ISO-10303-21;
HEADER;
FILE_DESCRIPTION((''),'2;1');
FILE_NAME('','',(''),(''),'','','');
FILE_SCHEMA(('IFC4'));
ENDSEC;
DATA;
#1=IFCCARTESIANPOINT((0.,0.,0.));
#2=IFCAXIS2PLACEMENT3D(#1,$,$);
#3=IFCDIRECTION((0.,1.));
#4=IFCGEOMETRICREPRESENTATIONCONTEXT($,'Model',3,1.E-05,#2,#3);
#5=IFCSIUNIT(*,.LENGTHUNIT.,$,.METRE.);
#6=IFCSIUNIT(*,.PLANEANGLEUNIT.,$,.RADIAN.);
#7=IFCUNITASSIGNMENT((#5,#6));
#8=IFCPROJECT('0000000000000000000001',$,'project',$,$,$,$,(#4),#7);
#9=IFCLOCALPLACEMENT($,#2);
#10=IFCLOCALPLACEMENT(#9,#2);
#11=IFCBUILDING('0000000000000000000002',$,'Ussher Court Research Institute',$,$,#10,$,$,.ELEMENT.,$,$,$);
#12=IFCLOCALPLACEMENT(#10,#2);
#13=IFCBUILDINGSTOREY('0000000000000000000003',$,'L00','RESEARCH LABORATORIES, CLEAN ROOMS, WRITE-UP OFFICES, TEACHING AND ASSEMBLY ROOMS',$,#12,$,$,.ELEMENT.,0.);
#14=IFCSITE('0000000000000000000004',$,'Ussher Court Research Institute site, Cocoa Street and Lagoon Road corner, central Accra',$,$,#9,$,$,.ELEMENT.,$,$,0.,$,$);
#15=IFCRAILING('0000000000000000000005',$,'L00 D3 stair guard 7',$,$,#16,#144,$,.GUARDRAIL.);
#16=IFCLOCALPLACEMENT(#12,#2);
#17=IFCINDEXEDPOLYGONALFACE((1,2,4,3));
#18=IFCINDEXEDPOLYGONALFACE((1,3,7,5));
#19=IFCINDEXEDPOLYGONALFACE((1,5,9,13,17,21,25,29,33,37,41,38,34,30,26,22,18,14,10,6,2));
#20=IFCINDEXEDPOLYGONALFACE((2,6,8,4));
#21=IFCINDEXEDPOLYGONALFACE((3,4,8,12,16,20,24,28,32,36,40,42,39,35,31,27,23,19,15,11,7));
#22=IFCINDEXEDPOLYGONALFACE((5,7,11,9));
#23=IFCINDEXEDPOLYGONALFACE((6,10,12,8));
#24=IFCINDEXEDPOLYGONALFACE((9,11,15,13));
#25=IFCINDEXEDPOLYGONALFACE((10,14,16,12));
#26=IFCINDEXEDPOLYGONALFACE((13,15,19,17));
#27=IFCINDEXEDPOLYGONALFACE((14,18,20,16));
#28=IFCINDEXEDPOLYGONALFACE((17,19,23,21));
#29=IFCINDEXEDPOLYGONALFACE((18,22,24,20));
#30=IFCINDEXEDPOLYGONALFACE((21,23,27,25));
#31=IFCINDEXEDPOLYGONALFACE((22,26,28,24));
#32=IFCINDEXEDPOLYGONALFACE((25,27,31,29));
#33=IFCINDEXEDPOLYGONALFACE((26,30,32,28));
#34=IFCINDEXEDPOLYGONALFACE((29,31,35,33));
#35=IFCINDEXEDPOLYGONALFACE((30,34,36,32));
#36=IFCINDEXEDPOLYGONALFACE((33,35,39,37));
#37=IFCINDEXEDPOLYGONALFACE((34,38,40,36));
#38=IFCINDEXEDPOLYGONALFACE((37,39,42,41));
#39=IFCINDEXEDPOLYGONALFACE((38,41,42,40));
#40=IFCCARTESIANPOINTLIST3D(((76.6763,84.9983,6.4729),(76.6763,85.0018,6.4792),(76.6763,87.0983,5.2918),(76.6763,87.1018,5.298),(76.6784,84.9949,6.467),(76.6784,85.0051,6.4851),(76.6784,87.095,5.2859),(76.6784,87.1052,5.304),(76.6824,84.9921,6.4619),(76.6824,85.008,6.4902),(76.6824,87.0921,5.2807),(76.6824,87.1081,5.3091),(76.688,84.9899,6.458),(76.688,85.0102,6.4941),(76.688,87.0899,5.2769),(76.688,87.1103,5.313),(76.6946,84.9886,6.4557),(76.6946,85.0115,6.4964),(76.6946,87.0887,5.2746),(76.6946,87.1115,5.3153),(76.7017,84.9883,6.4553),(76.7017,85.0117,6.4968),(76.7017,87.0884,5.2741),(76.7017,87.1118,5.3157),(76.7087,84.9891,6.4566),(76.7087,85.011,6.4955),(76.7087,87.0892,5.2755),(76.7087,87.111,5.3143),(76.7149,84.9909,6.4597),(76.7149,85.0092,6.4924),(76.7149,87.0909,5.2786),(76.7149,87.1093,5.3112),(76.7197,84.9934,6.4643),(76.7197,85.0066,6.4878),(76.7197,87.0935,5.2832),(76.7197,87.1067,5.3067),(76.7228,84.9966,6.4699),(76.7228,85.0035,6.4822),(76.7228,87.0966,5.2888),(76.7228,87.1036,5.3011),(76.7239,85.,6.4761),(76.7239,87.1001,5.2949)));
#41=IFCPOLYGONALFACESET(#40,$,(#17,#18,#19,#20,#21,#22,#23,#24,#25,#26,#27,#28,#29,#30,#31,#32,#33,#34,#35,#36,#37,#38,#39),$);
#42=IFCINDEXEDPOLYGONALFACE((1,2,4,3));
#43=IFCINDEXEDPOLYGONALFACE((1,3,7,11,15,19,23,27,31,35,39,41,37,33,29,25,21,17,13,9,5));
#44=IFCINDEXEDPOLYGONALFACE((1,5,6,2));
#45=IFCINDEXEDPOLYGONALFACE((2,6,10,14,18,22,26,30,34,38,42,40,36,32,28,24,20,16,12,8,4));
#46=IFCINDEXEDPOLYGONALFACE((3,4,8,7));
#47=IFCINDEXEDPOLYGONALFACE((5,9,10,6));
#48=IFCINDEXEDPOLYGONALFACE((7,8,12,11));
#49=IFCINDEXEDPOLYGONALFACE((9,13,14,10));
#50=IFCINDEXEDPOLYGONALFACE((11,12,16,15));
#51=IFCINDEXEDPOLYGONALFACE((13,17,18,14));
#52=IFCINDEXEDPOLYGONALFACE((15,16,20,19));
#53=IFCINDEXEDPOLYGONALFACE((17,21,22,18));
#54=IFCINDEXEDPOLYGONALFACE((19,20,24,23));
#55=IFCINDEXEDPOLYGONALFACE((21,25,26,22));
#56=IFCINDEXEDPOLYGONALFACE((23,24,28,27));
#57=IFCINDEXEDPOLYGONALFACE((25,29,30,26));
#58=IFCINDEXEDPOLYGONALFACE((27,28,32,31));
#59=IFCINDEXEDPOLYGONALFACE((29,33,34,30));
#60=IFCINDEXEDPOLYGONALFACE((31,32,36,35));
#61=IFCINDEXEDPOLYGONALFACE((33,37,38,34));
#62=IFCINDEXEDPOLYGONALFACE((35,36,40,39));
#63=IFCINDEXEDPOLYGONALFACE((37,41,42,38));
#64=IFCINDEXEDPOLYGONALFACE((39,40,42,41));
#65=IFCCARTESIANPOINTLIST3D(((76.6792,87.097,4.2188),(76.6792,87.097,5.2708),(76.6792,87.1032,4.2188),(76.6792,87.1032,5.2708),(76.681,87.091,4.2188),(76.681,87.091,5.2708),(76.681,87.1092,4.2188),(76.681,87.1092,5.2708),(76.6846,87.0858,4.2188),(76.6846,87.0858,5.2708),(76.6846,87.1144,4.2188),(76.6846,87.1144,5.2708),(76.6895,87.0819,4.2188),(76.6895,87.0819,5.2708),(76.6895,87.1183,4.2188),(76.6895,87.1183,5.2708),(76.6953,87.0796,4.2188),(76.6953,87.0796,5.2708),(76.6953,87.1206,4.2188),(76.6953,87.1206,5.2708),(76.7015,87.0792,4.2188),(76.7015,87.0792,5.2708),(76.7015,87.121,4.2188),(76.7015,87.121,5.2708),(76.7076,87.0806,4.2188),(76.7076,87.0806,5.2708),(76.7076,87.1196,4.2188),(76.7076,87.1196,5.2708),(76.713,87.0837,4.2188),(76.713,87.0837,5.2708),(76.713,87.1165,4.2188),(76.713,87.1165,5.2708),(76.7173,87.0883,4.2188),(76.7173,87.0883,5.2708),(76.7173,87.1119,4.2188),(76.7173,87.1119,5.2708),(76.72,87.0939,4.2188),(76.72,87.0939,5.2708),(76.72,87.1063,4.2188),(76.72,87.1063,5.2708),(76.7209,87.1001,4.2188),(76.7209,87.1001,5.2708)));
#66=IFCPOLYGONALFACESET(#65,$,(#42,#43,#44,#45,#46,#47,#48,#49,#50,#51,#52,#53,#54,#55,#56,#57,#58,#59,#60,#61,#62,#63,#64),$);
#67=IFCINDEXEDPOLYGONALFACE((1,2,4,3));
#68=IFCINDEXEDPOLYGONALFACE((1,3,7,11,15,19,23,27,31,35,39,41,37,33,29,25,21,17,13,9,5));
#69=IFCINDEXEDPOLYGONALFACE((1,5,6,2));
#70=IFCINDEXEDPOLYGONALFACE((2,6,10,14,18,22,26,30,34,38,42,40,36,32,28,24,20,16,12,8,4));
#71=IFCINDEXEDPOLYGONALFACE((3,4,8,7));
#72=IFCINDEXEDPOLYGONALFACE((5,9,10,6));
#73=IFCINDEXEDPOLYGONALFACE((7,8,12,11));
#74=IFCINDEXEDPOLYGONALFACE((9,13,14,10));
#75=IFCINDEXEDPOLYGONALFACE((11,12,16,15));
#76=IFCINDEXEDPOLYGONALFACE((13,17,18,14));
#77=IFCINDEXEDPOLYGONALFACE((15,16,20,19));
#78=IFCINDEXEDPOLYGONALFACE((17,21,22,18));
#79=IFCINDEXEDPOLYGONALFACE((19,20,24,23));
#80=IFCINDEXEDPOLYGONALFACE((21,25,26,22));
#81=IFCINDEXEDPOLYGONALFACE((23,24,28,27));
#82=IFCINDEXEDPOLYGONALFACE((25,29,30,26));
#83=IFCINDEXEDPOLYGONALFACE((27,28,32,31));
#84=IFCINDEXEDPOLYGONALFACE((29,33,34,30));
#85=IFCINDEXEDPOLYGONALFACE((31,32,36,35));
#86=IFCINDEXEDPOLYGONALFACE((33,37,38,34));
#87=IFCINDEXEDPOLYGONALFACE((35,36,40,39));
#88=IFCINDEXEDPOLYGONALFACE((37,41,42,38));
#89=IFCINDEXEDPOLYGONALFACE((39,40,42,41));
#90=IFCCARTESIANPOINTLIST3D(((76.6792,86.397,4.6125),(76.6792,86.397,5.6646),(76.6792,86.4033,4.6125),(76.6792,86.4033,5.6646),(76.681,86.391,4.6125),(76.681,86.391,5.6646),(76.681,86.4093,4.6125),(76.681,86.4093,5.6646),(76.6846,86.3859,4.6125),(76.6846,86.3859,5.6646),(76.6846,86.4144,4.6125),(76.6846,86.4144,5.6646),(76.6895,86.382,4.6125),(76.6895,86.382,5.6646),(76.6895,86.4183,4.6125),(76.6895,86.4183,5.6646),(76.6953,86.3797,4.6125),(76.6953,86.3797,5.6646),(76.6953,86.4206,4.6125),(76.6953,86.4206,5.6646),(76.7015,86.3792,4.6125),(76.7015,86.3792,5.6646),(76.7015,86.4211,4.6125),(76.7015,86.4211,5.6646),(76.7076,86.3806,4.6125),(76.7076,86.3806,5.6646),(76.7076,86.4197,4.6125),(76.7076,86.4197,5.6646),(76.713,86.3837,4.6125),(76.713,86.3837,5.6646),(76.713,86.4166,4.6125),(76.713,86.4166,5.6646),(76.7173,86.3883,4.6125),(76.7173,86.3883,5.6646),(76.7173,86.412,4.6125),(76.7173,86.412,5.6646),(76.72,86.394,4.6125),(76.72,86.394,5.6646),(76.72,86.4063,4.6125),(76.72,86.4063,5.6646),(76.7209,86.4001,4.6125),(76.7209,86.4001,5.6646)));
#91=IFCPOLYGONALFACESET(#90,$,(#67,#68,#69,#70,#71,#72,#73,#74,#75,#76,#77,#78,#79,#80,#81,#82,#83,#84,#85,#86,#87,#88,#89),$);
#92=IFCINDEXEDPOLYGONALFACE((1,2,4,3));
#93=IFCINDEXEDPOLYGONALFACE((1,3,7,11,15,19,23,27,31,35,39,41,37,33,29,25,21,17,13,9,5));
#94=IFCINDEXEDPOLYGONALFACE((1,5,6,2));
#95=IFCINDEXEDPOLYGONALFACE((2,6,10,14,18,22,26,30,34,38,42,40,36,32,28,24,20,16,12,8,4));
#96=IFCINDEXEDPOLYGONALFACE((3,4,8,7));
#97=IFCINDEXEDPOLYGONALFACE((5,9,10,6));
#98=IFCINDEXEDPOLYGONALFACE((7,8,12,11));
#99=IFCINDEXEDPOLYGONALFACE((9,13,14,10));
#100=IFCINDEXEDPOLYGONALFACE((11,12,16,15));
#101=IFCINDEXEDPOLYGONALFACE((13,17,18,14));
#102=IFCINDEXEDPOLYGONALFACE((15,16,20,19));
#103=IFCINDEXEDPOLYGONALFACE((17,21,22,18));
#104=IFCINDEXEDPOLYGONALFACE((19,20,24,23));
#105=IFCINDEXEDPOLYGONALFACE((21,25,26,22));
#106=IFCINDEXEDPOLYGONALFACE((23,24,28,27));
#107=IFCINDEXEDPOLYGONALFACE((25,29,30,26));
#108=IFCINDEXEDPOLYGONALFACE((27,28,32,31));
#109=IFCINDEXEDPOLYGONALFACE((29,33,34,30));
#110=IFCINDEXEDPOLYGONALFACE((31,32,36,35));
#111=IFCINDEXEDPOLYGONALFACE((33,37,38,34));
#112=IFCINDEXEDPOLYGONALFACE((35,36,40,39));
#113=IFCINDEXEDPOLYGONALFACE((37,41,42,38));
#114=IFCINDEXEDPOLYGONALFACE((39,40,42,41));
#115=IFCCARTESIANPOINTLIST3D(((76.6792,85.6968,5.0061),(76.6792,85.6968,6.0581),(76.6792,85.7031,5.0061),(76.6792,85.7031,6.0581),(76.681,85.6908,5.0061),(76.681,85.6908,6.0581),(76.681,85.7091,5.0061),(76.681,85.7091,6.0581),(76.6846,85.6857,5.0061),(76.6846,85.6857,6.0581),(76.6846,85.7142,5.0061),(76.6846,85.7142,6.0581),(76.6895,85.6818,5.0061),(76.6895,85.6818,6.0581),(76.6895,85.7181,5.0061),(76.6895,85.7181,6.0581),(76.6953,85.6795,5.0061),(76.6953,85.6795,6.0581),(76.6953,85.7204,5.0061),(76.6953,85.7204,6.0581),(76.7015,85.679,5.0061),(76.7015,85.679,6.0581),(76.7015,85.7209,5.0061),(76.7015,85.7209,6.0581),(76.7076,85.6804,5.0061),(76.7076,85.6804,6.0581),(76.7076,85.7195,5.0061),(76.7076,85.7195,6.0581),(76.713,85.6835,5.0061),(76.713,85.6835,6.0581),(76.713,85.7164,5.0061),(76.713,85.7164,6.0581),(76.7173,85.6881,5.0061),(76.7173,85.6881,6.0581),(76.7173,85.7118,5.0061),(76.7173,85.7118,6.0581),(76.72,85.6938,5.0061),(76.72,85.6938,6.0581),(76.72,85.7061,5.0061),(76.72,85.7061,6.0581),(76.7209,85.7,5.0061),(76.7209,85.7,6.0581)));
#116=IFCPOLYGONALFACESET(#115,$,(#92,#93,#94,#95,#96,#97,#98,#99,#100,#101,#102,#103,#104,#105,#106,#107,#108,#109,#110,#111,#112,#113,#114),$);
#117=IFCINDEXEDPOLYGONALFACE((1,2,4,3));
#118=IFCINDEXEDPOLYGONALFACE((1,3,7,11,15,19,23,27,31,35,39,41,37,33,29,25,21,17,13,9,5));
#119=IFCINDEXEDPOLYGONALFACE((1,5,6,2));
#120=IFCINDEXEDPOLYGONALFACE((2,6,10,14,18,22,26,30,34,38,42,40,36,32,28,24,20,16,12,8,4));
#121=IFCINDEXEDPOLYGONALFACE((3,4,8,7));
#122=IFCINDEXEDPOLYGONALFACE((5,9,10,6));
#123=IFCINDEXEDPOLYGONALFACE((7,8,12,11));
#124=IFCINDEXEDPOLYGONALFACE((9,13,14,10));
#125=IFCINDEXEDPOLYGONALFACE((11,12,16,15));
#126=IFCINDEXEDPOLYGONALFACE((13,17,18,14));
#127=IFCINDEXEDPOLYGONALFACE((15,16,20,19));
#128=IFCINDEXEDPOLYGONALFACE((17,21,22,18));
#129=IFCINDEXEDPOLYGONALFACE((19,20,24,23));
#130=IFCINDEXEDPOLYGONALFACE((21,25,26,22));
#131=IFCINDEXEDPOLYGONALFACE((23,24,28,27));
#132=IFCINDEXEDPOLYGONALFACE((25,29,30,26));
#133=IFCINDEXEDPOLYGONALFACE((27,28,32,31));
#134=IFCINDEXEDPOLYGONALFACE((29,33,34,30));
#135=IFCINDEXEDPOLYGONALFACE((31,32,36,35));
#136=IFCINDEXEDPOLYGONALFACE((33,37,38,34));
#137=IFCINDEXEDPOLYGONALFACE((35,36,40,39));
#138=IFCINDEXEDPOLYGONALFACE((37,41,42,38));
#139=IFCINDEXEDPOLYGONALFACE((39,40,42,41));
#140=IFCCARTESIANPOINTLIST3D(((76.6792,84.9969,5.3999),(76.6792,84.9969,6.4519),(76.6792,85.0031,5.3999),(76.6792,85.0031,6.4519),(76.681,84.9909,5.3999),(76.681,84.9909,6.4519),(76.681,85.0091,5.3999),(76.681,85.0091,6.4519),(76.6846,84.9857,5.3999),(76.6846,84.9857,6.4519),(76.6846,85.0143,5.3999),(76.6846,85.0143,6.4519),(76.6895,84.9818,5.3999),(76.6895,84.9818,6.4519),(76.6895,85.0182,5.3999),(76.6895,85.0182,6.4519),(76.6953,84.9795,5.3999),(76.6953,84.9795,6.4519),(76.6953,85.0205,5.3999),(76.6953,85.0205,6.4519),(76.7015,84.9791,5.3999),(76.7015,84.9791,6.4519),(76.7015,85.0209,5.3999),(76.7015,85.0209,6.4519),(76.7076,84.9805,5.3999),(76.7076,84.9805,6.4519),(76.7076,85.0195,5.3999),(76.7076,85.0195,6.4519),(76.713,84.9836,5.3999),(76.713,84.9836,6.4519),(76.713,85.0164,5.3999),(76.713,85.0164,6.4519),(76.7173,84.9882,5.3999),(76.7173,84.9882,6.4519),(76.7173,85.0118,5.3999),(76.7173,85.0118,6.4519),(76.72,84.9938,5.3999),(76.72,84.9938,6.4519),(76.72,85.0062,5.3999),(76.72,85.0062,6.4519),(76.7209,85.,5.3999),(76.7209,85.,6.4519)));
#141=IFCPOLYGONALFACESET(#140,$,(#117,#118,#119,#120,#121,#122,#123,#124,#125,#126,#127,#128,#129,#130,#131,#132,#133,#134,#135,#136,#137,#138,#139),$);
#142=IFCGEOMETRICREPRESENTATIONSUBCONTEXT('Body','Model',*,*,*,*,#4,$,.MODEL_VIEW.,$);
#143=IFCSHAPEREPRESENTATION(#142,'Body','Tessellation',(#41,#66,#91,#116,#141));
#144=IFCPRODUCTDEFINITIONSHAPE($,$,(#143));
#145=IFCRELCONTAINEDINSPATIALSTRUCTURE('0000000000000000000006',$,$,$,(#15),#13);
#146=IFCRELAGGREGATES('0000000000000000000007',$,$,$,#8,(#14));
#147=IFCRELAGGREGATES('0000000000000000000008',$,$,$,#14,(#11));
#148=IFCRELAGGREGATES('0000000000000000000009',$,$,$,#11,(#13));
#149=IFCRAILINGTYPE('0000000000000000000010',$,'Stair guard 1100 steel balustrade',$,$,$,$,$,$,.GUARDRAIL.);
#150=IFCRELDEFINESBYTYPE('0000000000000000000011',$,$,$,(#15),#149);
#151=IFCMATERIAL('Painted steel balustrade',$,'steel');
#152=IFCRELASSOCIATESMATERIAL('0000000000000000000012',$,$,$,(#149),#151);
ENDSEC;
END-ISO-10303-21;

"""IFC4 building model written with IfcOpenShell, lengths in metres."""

from ifc_helpers import new_model, si_unit, direction, frame, origin, origin_2d, place, context, subcontext, project, spatial, circle, extrude, material, type_object, element, save


model = new_model("IFC4")

# Units and contexts
model_context = context("Model", 3, precision=1e-05, world=origin(), true_north=direction((0.0, 1.0)))
body_context = subcontext(model_context, "Body", "Model", "MODEL_VIEW")
ifc_project = project(units=[si_unit("LENGTHUNIT", "METRE"), si_unit("PLANEANGLEUNIT", "RADIAN")], contexts=[model_context])

# Site, building, storey
site_placement = place(None, origin())
site = spatial("IfcSite", under=ifc_project, at=site_placement, Name="Ussher Court Research Institute site, Cocoa Street and Lagoon Road corner, central Accra", CompositionType="ELEMENT", RefElevation=0.0)
building_placement = place(site_placement, origin())
building = spatial("IfcBuilding", under=site, at=building_placement, Name="Ussher Court Research Institute", CompositionType="ELEMENT")
storey_placement = place(building_placement, origin())
storey = spatial("IfcBuildingStorey", under=building, at=storey_placement, Name="L00", Description="RESEARCH LABORATORIES, CLEAN ROOMS, WRITE-UP OFFICES, TEACHING AND ASSEMBLY ROOMS", CompositionType="ELEMENT", Elevation=0.0)

# Railing
ifc_material_1 = material(Name="Painted steel balustrade", Category="steel")
railing_type = type_object("IfcRailingType", Name="Stair guard 1100 steel balustrade", PredefinedType="GUARDRAIL", material=ifc_material_1)
railing_1_placement = place(storey_placement, frame((76.7, 87.1001, 4.2188)))
element("IfcRailing", 1, at=railing_1_placement, inside=storey, type_object=railing_type, Name="L00 D3 stair guard 7", PredefinedType="GUARDRAIL", context=body_context, shape_type="SweptSolid", body=[
    extrude(circle(Radius=0.0239, at=origin_2d()), frame((0.0, 0.0, 1.0762), z_axis=(0.0, -0.871603, 0.490213), x_axis=(1.0, 0.0, 0.0)), (0.0, 0.0, 1.0), 2.4094),
    extrude(circle(Radius=0.021, at=origin_2d()), origin(), (0.0, 0.0, 1.0), 1.052),
    extrude(circle(Radius=0.021, at=origin_2d()), frame((0.0, -0.7, 0.3938)), (0.0, 0.0, 1.0), 1.052),
    extrude(circle(Radius=0.021, at=origin_2d()), frame((0.0, -1.4001, 0.7874)), (0.0, 0.0, 1.0), 1.052),
    extrude(circle(Radius=0.021, at=origin_2d()), frame((0.0, -2.1001, 1.1812)), (0.0, 0.0, 1.0), 1.052),
])

save(model, "model.ifc")
